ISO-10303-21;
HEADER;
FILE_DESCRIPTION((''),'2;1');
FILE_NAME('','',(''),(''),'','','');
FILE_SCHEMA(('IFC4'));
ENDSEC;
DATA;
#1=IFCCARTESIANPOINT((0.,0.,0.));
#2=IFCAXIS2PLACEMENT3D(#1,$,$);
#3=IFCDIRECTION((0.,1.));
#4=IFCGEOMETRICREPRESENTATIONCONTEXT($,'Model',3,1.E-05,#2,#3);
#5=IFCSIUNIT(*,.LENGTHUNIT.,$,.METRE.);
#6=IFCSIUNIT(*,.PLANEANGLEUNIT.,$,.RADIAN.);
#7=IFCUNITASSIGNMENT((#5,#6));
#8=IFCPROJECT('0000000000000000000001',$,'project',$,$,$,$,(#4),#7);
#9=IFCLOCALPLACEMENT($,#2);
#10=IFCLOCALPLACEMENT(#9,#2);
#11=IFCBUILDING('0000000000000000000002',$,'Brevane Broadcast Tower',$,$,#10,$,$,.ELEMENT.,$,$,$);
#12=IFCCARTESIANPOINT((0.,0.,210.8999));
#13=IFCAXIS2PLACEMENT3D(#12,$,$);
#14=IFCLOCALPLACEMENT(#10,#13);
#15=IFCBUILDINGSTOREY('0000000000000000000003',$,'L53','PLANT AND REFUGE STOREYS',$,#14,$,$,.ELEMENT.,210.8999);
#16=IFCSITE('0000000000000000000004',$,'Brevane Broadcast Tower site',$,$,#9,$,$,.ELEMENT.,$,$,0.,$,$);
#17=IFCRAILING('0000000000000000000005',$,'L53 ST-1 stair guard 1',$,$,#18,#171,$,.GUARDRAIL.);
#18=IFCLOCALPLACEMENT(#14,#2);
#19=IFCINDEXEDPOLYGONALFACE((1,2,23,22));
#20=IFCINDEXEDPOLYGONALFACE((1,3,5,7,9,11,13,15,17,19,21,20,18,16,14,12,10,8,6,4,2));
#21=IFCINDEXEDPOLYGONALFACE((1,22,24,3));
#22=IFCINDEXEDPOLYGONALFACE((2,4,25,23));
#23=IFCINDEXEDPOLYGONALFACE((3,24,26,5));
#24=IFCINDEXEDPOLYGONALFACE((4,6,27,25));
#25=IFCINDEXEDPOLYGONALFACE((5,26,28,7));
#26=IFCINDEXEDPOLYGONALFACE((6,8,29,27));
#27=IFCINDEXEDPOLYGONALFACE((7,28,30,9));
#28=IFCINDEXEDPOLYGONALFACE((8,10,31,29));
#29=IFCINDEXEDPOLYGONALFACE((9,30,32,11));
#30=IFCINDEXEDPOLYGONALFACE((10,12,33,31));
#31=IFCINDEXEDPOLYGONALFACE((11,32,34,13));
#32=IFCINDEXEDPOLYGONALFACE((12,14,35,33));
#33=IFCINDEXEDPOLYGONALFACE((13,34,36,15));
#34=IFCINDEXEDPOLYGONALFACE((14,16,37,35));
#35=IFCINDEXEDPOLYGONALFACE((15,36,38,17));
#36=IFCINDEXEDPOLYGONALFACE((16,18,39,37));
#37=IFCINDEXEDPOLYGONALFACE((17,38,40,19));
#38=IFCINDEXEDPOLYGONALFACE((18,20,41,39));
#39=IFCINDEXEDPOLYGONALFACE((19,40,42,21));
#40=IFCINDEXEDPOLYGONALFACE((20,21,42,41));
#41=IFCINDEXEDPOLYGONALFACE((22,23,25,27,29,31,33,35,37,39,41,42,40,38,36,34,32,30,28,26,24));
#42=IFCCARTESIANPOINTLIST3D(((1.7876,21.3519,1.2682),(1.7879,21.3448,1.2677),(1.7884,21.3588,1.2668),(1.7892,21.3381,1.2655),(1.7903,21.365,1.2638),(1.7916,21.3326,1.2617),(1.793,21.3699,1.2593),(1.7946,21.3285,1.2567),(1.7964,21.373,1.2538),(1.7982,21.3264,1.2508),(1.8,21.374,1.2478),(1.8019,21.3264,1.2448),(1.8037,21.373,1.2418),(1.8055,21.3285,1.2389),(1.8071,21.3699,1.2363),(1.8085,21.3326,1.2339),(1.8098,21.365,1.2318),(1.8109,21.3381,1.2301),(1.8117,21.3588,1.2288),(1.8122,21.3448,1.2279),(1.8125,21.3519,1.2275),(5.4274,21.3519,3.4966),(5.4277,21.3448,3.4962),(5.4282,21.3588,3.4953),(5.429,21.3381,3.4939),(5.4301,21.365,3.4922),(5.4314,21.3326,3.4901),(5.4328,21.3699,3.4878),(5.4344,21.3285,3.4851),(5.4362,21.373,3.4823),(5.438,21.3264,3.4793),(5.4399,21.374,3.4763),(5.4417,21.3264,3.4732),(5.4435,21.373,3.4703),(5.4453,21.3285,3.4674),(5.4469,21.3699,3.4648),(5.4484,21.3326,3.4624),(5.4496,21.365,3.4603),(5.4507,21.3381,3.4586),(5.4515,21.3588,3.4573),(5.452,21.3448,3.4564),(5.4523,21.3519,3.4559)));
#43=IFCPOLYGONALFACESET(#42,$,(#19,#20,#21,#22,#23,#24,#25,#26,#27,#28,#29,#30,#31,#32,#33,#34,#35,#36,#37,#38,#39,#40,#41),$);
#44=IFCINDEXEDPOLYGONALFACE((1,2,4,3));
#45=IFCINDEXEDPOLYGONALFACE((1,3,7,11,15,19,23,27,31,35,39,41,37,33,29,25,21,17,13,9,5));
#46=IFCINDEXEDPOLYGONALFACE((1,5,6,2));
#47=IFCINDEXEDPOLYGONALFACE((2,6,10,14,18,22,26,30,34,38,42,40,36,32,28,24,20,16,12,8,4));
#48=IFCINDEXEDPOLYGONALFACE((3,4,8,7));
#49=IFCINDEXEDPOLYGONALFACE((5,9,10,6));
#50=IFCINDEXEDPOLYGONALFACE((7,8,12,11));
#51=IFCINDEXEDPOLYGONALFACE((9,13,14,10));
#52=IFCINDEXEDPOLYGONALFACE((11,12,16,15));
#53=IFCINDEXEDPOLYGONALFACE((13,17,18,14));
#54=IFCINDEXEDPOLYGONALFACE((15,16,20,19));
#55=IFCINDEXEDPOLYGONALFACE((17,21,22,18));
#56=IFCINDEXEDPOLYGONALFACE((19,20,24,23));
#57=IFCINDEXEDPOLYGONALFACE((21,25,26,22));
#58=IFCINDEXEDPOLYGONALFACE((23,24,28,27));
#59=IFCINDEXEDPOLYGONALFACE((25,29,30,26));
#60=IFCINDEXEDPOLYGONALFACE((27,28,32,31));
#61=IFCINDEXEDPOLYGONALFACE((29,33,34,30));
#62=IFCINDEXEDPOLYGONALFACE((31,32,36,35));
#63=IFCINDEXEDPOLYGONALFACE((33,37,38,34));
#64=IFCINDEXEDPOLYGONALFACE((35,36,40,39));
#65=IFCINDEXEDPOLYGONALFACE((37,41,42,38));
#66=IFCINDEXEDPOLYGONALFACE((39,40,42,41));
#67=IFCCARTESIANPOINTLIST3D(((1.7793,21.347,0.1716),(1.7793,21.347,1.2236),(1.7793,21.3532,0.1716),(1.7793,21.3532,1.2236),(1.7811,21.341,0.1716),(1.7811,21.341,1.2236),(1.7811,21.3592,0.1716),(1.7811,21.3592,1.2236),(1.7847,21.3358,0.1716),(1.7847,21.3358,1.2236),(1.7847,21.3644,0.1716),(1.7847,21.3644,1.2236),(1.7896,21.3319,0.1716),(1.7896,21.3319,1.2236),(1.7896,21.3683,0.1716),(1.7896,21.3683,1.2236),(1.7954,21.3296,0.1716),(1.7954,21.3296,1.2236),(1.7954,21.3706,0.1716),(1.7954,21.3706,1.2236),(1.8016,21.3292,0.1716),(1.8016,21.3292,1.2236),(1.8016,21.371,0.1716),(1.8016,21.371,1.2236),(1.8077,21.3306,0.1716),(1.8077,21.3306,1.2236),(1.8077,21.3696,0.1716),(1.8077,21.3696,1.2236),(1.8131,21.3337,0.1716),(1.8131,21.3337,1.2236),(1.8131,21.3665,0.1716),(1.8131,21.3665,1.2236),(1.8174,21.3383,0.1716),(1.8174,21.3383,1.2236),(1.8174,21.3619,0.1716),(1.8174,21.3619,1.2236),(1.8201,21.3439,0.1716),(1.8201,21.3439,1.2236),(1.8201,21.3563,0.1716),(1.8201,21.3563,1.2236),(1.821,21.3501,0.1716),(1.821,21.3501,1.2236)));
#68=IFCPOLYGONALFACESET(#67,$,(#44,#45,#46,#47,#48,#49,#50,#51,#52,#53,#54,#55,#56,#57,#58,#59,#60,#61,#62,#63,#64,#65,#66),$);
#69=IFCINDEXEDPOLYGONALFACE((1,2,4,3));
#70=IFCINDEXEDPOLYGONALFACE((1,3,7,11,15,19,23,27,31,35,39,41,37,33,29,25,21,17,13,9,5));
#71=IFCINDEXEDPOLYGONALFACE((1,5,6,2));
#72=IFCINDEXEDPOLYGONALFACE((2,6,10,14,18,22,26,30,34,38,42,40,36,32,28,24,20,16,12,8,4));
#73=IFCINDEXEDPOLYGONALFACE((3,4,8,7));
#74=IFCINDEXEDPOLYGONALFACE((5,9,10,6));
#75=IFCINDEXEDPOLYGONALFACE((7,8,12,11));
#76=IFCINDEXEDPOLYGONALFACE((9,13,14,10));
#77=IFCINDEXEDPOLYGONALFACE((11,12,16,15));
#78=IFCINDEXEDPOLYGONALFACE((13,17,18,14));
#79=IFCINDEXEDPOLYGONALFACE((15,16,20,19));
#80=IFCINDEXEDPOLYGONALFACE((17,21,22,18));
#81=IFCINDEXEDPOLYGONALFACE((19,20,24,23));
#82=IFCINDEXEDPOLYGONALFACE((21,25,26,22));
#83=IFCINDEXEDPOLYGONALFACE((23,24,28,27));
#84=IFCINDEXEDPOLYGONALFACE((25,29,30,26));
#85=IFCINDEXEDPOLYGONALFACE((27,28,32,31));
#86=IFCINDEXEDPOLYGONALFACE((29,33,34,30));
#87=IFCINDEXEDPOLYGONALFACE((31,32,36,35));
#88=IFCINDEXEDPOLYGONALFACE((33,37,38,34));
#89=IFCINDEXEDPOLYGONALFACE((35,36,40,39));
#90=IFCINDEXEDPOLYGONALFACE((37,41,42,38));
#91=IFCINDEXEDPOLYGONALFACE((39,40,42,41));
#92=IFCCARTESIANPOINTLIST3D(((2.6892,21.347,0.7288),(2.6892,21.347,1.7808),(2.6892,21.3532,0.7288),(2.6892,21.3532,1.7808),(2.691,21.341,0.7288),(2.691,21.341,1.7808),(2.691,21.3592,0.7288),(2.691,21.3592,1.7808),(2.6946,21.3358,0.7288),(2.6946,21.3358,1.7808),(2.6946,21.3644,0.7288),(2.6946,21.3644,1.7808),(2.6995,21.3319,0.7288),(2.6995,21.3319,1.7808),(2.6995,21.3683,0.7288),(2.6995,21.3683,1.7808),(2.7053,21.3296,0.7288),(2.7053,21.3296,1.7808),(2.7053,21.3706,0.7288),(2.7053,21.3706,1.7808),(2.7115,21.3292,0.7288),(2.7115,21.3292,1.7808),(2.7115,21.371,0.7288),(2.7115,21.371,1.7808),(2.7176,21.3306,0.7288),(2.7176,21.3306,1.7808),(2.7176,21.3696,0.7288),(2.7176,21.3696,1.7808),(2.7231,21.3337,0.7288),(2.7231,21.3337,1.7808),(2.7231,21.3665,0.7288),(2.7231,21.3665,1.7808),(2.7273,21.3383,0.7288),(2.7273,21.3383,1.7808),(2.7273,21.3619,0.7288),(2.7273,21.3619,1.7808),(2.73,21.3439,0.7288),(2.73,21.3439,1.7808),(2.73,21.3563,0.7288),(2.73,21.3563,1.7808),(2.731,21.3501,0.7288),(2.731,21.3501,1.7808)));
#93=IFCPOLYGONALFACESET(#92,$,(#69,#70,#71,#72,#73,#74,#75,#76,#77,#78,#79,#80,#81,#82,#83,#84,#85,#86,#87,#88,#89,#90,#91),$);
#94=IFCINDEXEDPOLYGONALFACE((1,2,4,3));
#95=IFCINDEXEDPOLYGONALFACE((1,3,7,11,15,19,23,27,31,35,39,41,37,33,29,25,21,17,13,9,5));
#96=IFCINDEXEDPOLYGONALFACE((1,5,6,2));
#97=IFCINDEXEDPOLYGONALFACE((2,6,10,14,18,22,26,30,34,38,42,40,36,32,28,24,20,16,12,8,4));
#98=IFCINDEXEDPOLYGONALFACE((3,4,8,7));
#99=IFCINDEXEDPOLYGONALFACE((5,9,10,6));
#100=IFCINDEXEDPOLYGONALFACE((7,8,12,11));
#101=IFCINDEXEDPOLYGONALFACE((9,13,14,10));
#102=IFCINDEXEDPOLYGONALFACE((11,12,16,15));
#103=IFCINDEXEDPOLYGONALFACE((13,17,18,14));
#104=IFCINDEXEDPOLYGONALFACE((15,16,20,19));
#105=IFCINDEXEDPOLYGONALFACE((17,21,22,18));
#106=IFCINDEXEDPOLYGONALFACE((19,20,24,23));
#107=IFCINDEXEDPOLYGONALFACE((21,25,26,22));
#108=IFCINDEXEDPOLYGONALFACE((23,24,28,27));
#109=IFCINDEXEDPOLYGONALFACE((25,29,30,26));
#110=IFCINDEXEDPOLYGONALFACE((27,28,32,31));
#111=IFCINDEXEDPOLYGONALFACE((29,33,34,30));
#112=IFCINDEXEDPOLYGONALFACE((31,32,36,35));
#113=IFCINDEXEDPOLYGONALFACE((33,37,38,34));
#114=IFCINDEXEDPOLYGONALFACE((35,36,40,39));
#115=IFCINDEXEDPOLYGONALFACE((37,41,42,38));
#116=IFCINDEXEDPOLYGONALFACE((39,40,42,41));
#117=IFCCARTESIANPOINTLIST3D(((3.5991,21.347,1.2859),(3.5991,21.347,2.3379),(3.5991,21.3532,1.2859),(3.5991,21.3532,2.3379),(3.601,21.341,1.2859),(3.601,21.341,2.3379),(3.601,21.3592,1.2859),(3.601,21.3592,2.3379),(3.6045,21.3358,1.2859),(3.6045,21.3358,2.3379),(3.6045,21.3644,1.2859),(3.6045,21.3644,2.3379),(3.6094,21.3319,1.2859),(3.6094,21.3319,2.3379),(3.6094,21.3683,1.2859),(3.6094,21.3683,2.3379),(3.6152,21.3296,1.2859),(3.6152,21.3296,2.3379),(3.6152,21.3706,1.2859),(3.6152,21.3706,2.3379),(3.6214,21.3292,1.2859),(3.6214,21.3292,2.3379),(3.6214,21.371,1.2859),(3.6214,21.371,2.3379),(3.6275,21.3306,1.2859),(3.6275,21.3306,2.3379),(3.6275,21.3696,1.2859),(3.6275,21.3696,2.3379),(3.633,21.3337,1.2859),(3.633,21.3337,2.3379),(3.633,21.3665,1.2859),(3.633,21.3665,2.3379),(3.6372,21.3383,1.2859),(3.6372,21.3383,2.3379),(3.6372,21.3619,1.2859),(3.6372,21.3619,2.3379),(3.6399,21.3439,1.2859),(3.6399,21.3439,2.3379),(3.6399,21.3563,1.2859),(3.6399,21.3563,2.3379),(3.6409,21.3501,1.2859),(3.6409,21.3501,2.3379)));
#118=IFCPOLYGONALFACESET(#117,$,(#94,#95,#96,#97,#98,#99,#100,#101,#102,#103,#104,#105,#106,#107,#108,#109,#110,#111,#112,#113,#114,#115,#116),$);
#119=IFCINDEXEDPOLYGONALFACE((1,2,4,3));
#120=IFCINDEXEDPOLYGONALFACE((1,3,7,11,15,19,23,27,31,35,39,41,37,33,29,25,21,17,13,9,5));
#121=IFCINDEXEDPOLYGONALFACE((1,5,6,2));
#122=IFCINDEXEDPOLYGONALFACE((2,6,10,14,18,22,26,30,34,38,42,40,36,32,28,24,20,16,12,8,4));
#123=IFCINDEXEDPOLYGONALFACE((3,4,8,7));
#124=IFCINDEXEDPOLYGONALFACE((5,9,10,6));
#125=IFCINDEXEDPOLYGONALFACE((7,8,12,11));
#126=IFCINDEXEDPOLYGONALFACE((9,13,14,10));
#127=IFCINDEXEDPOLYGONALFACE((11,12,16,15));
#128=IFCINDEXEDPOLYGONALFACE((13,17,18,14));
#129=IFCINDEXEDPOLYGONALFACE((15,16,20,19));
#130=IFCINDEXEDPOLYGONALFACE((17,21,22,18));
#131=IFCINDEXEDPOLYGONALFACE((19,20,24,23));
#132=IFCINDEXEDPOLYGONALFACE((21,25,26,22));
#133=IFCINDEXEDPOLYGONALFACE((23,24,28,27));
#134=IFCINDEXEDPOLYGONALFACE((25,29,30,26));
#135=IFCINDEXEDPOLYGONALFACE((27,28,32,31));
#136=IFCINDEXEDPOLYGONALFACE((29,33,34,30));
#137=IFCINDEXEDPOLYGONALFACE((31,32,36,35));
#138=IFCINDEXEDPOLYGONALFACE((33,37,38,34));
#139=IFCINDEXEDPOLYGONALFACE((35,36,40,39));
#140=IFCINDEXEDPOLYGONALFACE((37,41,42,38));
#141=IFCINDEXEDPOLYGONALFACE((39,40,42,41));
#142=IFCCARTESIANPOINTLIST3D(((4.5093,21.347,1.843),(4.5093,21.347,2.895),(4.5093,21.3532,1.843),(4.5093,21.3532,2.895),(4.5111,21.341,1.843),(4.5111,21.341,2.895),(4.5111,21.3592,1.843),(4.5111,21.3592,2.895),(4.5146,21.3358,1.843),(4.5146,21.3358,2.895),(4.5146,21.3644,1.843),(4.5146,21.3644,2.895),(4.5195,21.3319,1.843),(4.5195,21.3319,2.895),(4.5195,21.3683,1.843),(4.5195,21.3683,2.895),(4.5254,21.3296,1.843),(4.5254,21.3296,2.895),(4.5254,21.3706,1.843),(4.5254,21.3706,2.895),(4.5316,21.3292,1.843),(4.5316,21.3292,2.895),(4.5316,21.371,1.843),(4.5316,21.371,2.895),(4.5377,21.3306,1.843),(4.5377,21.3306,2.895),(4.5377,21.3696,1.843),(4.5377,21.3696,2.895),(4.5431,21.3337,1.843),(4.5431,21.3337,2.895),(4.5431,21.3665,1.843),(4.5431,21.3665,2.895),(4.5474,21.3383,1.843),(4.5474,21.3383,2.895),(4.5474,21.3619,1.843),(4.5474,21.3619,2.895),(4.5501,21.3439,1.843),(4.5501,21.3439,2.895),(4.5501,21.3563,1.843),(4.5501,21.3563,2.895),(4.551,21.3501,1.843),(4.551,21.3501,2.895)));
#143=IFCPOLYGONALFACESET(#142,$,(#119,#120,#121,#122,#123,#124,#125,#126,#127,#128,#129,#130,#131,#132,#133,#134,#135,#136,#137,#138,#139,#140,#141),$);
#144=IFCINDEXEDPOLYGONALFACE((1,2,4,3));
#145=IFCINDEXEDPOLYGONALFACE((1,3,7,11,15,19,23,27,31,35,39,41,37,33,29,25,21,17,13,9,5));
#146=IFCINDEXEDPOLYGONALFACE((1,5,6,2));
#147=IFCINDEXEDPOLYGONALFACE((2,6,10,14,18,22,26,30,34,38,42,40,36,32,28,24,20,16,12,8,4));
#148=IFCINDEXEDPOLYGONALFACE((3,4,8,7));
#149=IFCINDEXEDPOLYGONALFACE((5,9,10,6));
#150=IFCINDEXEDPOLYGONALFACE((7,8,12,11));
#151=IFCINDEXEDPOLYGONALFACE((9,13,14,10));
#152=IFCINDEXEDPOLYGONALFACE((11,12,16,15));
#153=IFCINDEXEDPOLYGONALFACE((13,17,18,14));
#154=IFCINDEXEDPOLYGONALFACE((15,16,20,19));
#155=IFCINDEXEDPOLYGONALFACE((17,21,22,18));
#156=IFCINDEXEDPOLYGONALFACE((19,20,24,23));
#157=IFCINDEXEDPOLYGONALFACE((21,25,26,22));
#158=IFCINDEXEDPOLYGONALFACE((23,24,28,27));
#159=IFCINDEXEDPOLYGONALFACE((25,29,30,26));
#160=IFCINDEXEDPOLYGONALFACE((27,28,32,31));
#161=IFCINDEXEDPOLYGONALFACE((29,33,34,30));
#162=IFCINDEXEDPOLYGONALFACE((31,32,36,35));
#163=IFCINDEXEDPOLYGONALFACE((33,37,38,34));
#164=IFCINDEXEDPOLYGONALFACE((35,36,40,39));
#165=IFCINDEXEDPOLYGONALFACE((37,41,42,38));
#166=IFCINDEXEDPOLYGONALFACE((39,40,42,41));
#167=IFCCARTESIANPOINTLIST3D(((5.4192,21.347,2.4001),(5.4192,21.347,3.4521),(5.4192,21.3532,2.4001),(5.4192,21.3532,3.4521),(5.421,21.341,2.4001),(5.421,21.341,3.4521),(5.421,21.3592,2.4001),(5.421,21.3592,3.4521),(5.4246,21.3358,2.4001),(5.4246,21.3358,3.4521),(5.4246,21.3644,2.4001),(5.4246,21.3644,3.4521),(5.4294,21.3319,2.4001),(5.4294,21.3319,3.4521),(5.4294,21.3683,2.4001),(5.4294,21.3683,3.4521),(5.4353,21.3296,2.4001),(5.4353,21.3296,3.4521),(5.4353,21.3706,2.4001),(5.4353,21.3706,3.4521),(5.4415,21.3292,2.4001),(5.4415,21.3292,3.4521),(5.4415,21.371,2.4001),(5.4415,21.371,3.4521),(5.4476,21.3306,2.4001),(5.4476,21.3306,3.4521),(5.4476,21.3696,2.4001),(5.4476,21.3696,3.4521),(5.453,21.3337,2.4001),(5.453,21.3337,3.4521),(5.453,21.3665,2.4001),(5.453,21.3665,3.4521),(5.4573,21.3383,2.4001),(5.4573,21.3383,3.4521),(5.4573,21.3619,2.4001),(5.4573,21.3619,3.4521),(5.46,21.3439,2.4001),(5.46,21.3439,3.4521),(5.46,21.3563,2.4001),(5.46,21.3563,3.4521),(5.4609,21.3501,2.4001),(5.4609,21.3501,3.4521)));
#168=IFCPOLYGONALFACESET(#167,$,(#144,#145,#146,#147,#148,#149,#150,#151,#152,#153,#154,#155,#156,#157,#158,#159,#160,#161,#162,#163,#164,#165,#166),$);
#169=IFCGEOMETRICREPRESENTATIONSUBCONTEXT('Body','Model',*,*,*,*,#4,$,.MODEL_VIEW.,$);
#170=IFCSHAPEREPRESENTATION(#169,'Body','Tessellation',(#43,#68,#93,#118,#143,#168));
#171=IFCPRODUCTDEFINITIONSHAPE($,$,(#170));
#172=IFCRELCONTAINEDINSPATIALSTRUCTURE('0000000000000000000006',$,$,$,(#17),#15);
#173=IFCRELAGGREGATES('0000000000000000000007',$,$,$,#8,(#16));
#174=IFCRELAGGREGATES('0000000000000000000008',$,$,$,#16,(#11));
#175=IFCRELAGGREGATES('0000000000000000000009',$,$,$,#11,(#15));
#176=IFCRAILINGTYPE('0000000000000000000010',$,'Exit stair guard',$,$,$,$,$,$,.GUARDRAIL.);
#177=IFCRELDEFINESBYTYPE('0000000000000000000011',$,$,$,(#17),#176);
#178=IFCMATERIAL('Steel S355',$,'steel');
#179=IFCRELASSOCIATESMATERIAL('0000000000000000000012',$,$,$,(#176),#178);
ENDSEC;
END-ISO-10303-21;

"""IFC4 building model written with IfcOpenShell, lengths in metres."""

from ifc_helpers import new_model, si_unit, direction, frame, origin, origin_2d, place, context, subcontext, project, spatial, circle, extrude, material, type_object, element, save


model = new_model("IFC4")

# Units and contexts
model_context = context("Model", 3, precision=1e-05, world=origin(), true_north=direction((0.0, 1.0)))
body_context = subcontext(model_context, "Body", "Model", "MODEL_VIEW")
ifc_project = project(units=[si_unit("LENGTHUNIT", "METRE"), si_unit("PLANEANGLEUNIT", "RADIAN")], contexts=[model_context])

# Site, building, storey
site_placement = place(None, origin())
site = spatial("IfcSite", under=ifc_project, at=site_placement, Name="Brevane Broadcast Tower site", CompositionType="ELEMENT", RefElevation=0.0)
building_placement = place(site_placement, origin())
building = spatial("IfcBuilding", under=site, at=building_placement, Name="Brevane Broadcast Tower", CompositionType="ELEMENT")
storey_placement = place(building_placement, frame((0.0, 0.0, 210.8999)))
storey = spatial("IfcBuildingStorey", under=building, at=storey_placement, Name="L53", Description="PLANT AND REFUGE STOREYS", CompositionType="ELEMENT", Elevation=210.8999)

# Shared definitions
ifc_material_1 = material(Name="Steel S355", Category="steel")

# Railing
railing_type_1 = type_object("IfcRailingType", Name="Exit stair guard", PredefinedType="GUARDRAIL", material=ifc_material_1)
railing_1_placement = place(storey_placement, frame((1.8, 21.3501, 0.1716)))
element("IfcRailing", 1, at=railing_1_placement, inside=storey, type_object=railing_type_1, Name="L53 ST-1 stair guard 1", PredefinedType="GUARDRAIL", context=body_context, shape_type="SweptSolid", body=[
    extrude(circle(Radius=0.0239, at=origin_2d()), frame((0.0, 0.0, 1.0762), z_axis=(0.85285, 0.0, 0.522156), x_axis=(0.0, 1.0, 0.0)), (0.0, 0.0, 1.0), 4.2678),
    extrude(circle(Radius=0.021, at=origin_2d()), origin(), (0.0, 0.0, 1.0), 1.052),
    extrude(circle(Radius=0.021, at=origin_2d()), frame((0.9099, 0.0, 0.5571)), (0.0, 0.0, 1.0), 1.052),
    extrude(circle(Radius=0.021, at=origin_2d()), frame((1.8198, 0.0, 1.1143)), (0.0, 0.0, 1.0), 1.052),
    extrude(circle(Radius=0.021, at=origin_2d()), frame((2.73, 0.0, 1.6714)), (0.0, 0.0, 1.0), 1.052),
    extrude(circle(Radius=0.021, at=origin_2d()), frame((3.6399, 0.0, 2.2285)), (0.0, 0.0, 1.0), 1.052),
])

save(model, "model.ifc")
